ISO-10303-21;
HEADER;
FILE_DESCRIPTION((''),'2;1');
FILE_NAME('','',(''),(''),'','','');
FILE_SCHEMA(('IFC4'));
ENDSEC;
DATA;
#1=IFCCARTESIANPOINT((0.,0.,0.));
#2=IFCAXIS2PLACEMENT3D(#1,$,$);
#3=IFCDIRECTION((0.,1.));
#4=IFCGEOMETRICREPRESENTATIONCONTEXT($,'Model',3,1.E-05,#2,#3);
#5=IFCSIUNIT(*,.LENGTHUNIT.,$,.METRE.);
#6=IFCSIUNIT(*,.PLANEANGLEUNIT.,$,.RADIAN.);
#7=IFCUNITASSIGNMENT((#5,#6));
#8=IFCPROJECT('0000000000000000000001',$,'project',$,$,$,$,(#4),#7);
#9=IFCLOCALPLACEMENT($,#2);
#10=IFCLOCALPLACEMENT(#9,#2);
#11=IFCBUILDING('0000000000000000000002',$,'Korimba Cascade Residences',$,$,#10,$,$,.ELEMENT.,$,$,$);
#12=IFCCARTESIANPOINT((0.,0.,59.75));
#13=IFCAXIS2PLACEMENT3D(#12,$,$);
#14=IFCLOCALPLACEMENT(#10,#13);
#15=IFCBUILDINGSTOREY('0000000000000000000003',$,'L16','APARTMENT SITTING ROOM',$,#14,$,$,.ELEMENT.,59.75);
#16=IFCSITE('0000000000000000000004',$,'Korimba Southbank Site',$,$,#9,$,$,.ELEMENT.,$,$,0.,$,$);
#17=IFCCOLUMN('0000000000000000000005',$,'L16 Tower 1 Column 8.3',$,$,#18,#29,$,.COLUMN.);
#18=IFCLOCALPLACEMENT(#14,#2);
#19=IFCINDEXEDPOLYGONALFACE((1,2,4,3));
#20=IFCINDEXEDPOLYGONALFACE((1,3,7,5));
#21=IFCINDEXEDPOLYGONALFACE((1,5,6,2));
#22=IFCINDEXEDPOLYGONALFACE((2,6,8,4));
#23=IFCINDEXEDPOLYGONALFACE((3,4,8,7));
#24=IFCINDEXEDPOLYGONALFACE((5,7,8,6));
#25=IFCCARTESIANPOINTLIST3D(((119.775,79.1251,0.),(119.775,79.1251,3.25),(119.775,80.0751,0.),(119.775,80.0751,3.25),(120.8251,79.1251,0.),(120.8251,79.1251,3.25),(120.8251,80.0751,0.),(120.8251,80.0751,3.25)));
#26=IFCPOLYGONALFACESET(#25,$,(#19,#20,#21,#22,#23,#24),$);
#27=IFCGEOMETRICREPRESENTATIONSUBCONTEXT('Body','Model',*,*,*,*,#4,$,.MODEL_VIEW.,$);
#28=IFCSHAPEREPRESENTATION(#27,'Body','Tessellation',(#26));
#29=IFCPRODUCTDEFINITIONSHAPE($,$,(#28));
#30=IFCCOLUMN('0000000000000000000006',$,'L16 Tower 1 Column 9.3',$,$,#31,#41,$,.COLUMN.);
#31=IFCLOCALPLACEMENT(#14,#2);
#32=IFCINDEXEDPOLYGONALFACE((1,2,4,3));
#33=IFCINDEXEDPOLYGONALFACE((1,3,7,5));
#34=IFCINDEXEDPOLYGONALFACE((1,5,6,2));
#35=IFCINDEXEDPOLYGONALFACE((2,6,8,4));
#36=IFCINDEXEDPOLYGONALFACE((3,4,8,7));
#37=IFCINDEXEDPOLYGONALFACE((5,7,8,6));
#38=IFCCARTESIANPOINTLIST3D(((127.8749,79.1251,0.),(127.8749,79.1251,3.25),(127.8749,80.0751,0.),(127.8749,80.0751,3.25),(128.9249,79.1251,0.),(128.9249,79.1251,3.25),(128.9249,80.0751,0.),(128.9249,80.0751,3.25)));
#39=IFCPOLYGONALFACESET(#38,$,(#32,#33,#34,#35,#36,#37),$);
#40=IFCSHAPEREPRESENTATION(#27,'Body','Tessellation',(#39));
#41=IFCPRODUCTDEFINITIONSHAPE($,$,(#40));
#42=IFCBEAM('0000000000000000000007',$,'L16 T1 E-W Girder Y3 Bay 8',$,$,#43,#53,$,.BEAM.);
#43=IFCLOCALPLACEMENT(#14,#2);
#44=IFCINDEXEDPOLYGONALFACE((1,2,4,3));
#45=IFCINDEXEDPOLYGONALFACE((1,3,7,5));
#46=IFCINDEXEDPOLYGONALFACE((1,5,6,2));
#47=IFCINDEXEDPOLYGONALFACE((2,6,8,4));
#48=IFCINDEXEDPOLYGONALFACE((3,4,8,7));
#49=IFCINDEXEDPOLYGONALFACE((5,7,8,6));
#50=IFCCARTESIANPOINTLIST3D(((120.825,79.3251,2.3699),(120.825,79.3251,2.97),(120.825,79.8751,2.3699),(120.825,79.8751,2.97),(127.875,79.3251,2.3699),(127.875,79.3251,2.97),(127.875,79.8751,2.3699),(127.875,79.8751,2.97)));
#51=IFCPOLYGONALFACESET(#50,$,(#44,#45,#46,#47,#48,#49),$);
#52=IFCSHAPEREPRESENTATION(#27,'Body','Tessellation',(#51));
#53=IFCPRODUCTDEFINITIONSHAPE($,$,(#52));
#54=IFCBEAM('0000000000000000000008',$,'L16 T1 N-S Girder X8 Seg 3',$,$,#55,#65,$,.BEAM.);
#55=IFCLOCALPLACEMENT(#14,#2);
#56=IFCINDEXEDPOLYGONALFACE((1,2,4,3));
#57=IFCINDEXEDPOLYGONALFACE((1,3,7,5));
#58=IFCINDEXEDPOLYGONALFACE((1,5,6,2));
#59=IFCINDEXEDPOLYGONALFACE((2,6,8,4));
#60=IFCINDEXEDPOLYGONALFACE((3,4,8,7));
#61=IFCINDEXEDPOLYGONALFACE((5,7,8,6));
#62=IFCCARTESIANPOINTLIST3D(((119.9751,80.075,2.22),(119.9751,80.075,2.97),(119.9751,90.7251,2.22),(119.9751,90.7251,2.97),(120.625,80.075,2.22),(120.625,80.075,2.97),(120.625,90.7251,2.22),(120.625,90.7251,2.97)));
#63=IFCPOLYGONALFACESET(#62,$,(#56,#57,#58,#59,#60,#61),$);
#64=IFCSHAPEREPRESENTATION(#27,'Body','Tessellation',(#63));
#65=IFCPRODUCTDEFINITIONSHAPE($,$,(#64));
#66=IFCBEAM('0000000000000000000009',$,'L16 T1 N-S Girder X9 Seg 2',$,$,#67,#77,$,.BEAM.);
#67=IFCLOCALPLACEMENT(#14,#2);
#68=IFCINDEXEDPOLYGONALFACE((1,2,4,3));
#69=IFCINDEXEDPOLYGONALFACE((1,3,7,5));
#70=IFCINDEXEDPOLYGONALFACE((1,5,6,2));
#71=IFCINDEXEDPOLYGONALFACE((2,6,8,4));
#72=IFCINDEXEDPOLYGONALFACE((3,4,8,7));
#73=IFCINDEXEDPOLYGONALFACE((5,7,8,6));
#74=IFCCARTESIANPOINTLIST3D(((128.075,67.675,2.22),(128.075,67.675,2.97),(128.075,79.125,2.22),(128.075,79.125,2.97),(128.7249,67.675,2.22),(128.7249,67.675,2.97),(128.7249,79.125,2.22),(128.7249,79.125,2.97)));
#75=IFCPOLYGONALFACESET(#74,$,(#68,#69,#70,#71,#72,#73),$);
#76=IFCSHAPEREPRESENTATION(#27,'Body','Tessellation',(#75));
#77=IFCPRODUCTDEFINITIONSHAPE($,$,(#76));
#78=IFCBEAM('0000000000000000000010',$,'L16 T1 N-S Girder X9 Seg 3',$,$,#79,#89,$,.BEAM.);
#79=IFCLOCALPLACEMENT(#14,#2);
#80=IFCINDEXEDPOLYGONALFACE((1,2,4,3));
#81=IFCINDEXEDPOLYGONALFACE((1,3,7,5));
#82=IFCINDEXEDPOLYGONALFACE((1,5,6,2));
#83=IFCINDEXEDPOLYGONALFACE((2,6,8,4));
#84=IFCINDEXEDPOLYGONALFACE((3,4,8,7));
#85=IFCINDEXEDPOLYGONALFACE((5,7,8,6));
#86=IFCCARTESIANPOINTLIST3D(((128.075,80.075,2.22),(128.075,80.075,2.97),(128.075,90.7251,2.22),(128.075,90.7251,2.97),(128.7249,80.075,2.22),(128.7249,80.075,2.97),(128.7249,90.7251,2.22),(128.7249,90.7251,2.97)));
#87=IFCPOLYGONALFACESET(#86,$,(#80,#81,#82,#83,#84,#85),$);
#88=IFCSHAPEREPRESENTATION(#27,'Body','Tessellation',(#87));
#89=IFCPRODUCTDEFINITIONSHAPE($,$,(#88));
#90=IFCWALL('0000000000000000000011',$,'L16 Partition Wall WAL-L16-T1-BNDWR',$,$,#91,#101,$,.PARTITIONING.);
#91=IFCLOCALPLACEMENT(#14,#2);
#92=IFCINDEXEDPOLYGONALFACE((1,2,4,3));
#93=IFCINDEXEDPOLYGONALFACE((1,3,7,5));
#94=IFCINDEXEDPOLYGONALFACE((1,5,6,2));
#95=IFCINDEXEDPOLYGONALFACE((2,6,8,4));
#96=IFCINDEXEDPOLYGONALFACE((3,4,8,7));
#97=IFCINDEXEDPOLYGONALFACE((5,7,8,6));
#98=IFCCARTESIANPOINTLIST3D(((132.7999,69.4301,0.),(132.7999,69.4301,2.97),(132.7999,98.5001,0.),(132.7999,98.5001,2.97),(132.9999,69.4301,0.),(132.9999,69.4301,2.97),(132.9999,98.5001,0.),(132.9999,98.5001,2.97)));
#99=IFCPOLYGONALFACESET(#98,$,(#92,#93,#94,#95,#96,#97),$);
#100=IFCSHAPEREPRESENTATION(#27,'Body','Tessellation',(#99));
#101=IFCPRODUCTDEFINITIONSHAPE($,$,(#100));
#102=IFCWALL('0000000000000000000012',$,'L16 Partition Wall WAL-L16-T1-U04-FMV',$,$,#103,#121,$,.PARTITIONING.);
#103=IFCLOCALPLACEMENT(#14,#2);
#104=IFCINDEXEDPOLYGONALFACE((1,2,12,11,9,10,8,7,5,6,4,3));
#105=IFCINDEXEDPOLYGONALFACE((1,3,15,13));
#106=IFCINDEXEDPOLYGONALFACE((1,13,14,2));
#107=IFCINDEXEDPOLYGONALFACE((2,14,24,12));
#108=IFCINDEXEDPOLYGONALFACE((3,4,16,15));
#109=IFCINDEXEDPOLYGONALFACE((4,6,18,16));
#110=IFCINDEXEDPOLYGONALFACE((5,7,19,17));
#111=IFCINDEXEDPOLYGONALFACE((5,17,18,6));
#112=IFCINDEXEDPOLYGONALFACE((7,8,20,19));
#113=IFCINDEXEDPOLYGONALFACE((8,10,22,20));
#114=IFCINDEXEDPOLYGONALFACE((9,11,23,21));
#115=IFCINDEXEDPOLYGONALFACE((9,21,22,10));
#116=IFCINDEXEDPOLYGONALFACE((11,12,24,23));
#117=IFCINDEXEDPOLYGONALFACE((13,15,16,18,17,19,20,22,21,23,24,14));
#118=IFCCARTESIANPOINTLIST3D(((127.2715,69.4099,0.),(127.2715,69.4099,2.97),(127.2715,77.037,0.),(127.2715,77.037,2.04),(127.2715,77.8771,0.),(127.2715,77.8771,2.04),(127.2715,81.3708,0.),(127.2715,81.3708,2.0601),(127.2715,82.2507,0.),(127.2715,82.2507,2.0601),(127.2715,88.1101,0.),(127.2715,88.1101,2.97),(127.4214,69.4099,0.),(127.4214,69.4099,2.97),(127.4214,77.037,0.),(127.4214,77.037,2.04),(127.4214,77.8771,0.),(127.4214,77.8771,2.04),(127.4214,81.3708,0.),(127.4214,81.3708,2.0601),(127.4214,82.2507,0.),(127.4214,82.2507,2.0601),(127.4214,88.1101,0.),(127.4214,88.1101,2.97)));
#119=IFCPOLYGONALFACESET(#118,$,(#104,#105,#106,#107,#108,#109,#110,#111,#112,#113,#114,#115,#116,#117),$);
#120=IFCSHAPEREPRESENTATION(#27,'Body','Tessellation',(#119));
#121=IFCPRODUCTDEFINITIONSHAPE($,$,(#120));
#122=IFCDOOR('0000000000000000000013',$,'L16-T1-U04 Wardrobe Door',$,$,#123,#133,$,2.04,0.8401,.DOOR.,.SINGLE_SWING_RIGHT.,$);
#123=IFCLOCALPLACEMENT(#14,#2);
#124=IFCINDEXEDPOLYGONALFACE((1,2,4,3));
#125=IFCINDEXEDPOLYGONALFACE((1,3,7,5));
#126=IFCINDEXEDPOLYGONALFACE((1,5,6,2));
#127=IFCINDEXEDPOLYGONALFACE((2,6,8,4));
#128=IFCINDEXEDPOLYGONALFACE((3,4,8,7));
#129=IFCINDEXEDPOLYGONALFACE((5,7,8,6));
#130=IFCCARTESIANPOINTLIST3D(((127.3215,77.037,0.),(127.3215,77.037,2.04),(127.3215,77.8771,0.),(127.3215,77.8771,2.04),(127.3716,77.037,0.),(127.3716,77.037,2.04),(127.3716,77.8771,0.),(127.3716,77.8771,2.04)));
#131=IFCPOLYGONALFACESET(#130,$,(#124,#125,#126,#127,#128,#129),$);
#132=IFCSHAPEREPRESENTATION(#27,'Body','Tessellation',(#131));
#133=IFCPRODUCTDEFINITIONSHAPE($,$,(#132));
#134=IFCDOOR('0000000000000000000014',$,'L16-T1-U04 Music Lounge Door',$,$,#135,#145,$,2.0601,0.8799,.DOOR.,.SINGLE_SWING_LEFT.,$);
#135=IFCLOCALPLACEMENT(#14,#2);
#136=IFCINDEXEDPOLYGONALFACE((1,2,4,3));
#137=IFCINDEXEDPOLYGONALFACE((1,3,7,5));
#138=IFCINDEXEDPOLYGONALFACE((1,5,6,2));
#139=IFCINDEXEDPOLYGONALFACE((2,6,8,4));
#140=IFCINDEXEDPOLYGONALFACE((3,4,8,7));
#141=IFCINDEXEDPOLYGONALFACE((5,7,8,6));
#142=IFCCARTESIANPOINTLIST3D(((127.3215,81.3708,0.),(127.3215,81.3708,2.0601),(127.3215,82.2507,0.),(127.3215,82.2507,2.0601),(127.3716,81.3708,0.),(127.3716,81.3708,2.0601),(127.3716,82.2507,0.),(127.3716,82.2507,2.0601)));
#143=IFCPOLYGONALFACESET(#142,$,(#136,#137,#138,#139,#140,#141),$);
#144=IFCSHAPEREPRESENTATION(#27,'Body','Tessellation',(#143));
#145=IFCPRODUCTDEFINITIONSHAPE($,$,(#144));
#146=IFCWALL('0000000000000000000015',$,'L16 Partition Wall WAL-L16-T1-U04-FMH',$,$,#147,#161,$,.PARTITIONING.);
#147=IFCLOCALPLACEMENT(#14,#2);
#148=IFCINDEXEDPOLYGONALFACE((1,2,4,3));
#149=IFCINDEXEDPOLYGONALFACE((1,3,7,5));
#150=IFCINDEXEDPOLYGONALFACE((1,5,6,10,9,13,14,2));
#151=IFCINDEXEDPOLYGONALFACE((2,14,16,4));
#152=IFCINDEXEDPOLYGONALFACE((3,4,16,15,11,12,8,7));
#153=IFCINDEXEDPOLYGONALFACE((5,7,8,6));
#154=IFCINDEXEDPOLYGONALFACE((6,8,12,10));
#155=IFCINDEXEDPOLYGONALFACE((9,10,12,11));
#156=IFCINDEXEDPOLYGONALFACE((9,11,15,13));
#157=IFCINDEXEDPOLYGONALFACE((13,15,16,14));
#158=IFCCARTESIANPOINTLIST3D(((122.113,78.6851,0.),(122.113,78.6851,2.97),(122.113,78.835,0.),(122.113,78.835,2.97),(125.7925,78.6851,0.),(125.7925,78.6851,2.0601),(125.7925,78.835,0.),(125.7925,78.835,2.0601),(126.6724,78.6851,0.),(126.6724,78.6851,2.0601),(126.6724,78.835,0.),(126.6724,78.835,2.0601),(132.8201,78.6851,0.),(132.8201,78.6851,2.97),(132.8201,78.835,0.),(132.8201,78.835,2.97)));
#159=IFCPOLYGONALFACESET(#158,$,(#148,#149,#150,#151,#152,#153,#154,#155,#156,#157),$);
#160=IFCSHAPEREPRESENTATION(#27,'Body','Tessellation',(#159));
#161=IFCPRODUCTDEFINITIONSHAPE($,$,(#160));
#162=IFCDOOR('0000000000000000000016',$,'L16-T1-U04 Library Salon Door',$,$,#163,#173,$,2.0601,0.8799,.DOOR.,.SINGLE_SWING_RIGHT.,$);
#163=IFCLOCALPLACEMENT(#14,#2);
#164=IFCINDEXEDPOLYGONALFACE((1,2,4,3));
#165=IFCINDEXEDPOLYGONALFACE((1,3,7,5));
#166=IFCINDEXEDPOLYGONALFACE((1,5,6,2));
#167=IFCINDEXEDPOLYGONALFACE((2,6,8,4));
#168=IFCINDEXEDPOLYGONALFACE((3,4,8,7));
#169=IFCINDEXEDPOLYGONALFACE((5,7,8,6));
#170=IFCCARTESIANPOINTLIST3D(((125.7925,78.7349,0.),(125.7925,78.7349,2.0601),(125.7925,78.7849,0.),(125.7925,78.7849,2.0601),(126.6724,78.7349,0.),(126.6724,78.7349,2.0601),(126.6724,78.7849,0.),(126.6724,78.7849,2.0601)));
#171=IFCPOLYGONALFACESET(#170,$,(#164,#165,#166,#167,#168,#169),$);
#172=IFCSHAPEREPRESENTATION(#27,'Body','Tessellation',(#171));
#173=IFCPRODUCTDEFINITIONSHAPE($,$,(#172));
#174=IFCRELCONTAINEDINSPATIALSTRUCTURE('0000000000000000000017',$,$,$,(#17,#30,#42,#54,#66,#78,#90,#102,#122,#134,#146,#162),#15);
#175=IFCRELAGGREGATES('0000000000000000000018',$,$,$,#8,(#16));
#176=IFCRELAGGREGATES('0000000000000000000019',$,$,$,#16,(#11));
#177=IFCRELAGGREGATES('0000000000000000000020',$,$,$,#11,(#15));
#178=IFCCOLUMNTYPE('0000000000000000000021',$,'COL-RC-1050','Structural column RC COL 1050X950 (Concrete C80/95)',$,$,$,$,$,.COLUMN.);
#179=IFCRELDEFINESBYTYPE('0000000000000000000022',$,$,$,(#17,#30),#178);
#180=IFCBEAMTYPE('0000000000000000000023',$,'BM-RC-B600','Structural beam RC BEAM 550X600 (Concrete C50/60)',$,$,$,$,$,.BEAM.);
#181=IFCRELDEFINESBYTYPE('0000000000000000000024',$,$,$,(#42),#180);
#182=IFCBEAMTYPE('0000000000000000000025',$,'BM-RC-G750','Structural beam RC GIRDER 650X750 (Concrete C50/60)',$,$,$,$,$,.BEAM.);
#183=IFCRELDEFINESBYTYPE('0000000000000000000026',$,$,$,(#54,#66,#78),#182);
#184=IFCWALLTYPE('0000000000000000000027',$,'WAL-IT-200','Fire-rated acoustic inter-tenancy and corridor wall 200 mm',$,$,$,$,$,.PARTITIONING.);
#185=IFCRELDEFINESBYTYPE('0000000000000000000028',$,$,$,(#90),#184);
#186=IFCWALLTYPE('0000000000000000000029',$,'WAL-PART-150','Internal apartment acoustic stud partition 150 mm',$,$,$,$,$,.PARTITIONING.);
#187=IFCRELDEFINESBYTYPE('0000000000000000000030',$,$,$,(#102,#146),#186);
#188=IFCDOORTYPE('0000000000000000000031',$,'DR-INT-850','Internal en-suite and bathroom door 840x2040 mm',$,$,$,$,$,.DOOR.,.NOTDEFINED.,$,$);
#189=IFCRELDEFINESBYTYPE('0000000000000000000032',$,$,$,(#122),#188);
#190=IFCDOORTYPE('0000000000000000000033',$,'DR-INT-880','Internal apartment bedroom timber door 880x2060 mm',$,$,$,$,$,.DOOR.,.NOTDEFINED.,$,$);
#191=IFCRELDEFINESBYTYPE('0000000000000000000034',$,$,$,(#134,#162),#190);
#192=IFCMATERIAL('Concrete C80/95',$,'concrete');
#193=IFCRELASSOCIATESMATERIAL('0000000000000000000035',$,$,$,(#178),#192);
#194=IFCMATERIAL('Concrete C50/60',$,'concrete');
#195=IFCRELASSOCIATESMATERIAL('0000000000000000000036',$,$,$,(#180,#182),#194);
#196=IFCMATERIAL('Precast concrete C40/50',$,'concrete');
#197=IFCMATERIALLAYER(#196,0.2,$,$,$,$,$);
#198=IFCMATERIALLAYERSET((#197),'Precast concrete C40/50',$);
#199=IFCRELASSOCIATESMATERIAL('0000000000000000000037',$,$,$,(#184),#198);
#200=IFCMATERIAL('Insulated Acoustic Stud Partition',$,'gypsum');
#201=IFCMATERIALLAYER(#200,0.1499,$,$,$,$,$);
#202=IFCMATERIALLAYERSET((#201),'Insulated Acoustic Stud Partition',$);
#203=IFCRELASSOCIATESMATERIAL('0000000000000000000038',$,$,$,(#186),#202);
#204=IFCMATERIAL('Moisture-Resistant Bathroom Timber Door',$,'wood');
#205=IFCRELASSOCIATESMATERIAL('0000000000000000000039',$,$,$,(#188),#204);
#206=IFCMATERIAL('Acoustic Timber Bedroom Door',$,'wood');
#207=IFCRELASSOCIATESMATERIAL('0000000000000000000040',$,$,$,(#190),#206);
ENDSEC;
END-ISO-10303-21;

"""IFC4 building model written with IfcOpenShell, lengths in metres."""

from ifc_helpers import new_model, si_unit, direction, frame, frame_2d, origin, origin_2d, place, context, subcontext, project, spatial, rectangle, extrude, material, layer, layer_set, material_profile, profile_set, type_object, element, fill, save


model = new_model("IFC4")

# Units and contexts
model_context = context("Model", 3, precision=1e-05, world=origin(), true_north=direction((0.0, 1.0)))
body_context = subcontext(model_context, "Body", "Model", "MODEL_VIEW")
ifc_project = project(units=[si_unit("LENGTHUNIT", "METRE"), si_unit("PLANEANGLEUNIT", "RADIAN")], contexts=[model_context])

# Site, building, storey
site_placement = place(None, origin())
site = spatial("IfcSite", under=ifc_project, at=site_placement, Name="Korimba Southbank Site", CompositionType="ELEMENT", RefElevation=0.0)
building_placement = place(site_placement, origin())
building = spatial("IfcBuilding", under=site, at=building_placement, Name="Korimba Cascade Residences", CompositionType="ELEMENT")
storey_placement = place(building_placement, frame((0.0, 0.0, 59.75)))
storey = spatial("IfcBuildingStorey", under=building, at=storey_placement, Name="L16", Description="APARTMENT SITTING ROOM", CompositionType="ELEMENT", Elevation=59.75)

# Columns
ifc_material_1 = material(Name="Concrete C80/95", Category="concrete")
ifc_material_profile_1 = material_profile(ifc_material_1, rectangle(XDim=1.05, YDim=0.95, at=origin_2d()), Name="Concrete C80/95")
ifc_profile_set_1 = profile_set([ifc_material_profile_1], Name="Concrete C80/95")
column_type = type_object("IfcColumnType", Name="COL-RC-1050", Description="Structural column RC COL 1050X950 (Concrete C80/95)", PredefinedType="COLUMN", material=ifc_profile_set_1)
for number, where, z_axis, x_axis, name in (
    (1, (120.3, 79.6001, 0.0), (0.0, 0.0, 1.0), (1.0, 0.0, 0.0), "L16 Tower 1 Column 8.3"),
    (2, (128.3999, 79.6001, 0.0), (0.0, 0.0, 1.0), (1.0, 0.0, 0.0), "L16 Tower 1 Column 9.3"),
):
    element("IfcColumn", number, at=place(storey_placement, frame(where, z_axis=z_axis, x_axis=x_axis)), inside=storey, type_object=column_type, Name=name, PredefinedType="COLUMN", context=body_context, shape_type="SweptSolid", body=[
        extrude(rectangle(XDim=1.05, YDim=0.95, at=origin_2d()), origin(), (0.0, 0.0, 1.0), 3.25),
    ])

# Beams
ifc_material_2 = material(Name="Concrete C50/60", Category="concrete")
ifc_material_profile_2 = material_profile(ifc_material_2, rectangle(XDim=0.55, YDim=0.6001, at=origin_2d()), Name="Concrete C50/60")
ifc_profile_set_2 = profile_set([ifc_material_profile_2], Name="Concrete C50/60")
beam_type_1 = type_object("IfcBeamType", Name="BM-RC-B600", Description="Structural beam RC BEAM 550X600 (Concrete C50/60)", PredefinedType="BEAM", material=ifc_profile_set_2)
beam_1_placement = place(storey_placement, frame((120.825, 79.6001, 2.6699), z_axis=(1.0, 0.0, 0.0), x_axis=(0.0, 1.0, 0.0)))
element("IfcBeam", 3, at=beam_1_placement, inside=storey, type_object=beam_type_1, Name="L16 T1 E-W Girder Y3 Bay 8", PredefinedType="BEAM", context=body_context, shape_type="SweptSolid", body=[
    extrude(rectangle(XDim=0.55, YDim=0.6001, at=origin_2d()), origin(), (0.0, 0.0, 1.0), 7.05),
])
ifc_material_profile_3 = material_profile(ifc_material_2, rectangle(XDim=0.6499, YDim=0.75, at=origin_2d()), Name="Concrete C50/60")
ifc_profile_set_3 = profile_set([ifc_material_profile_3], Name="Concrete C50/60")
beam_type_2 = type_object("IfcBeamType", Name="BM-RC-G750", Description="Structural beam RC GIRDER 650X750 (Concrete C50/60)", PredefinedType="BEAM", material=ifc_profile_set_3)
beam_2_placement = place(storey_placement, frame((120.3, 80.075, 2.595), z_axis=(0.0, 1.0, 0.0), x_axis=(-1.0, 0.0, 0.0)))
element("IfcBeam", 4, at=beam_2_placement, inside=storey, type_object=beam_type_2, Name="L16 T1 N-S Girder X8 Seg 3", PredefinedType="BEAM", context=body_context, shape_type="SweptSolid", body=[
    extrude(rectangle(XDim=0.6499, YDim=0.75, at=origin_2d()), origin(), (0.0, 0.0, 1.0), 10.6501),
])
beam_3_placement = place(storey_placement, frame((128.3999, 67.675, 2.595), z_axis=(0.0, 1.0, 0.0), x_axis=(-1.0, 0.0, 0.0)))
element("IfcBeam", 5, at=beam_3_placement, inside=storey, type_object=beam_type_2, Name="L16 T1 N-S Girder X9 Seg 2", PredefinedType="BEAM", context=body_context, shape_type="SweptSolid", body=[
    extrude(rectangle(XDim=0.6499, YDim=0.75, at=origin_2d()), origin(), (0.0, 0.0, 1.0), 11.45),
])
beam_4_placement = place(storey_placement, frame((128.3999, 80.075, 2.595), z_axis=(0.0, 1.0, 0.0), x_axis=(-1.0, 0.0, 0.0)))
element("IfcBeam", 6, at=beam_4_placement, inside=storey, type_object=beam_type_2, Name="L16 T1 N-S Girder X9 Seg 3", PredefinedType="BEAM", context=body_context, shape_type="SweptSolid", body=[
    extrude(rectangle(XDim=0.6499, YDim=0.75, at=origin_2d()), origin(), (0.0, 0.0, 1.0), 10.6501),
])

# Wall
ifc_material_3 = material(Name="Precast concrete C40/50", Category="concrete")
ifc_layer_1 = layer(ifc_material_3, 0.2)
ifc_layer_set_1 = layer_set([ifc_layer_1], Name="Precast concrete C40/50")
wall_type_1 = type_object("IfcWallType", Name="WAL-IT-200", Description="Fire-rated acoustic inter-tenancy and corridor wall 200 mm", PredefinedType="PARTITIONING", material=ifc_layer_set_1)
wall_1_placement = place(storey_placement, frame((132.8999, 69.4299, 0.0), z_axis=(0.0, 0.0, 1.0), x_axis=(0.0, 1.0, 0.0)))
element("IfcWall", 7, at=wall_1_placement, inside=storey, type_object=wall_type_1, Name="L16 Partition Wall WAL-L16-T1-BNDWR", PredefinedType="PARTITIONING", context=body_context, shape_type="SweptSolid", body=[
    extrude(rectangle(XDim=29.0701, YDim=0.2, at=frame_2d((14.5352, 0.0))), origin(), (0.0, 0.0, 1.0), 2.97),
])

# Wall, openings, doors
ifc_material_4 = material(Name="Insulated Acoustic Stud Partition", Category="gypsum")
ifc_layer_2 = layer(ifc_material_4, 0.1499)
ifc_layer_set_2 = layer_set([ifc_layer_2], Name="Insulated Acoustic Stud Partition")
wall_type_2 = type_object("IfcWallType", Name="WAL-PART-150", Description="Internal apartment acoustic stud partition 150 mm", PredefinedType="PARTITIONING", material=ifc_layer_set_2)
wall_2_placement = place(storey_placement, frame((127.3464, 69.4099, 0.0), z_axis=(0.0, 0.0, 1.0), x_axis=(0.0, 1.0, 0.0)))
wall_2 = element("IfcWall", 8, at=wall_2_placement, inside=storey, type_object=wall_type_2, Name="L16 Partition Wall WAL-L16-T1-U04-FMV", PredefinedType="PARTITIONING", context=body_context, shape_type="SweptSolid", body=[
    extrude(rectangle(XDim=18.7002, YDim=0.1499, at=frame_2d((9.3501, 0.0))), origin(), (0.0, 0.0, 1.0), 2.97),
])
opening_1_placement = place(wall_2_placement, frame((7.6272, 0.0, 0.0)))
opening_1 = element("IfcOpeningElement", 9, at=opening_1_placement, cuts=wall_2, PredefinedType="OPENING", context=body_context, shape_type="SweptSolid", body=[
    extrude(rectangle(XDim=0.8401, YDim=2.04, at=frame_2d((0.4199, 1.02))), frame((0.0, 0.085, 0.0), z_axis=(0.0, -1.0, 0.0), x_axis=(1.0, 0.0, 0.0)), (0.0, 0.0, 1.0), 0.1699),
])
opening_2_placement = place(wall_2_placement, frame((11.9609, 0.0, 0.0)))
opening_2 = element("IfcOpeningElement", 10, at=opening_2_placement, cuts=wall_2, PredefinedType="OPENING", context=body_context, shape_type="SweptSolid", body=[
    extrude(rectangle(XDim=0.8799, YDim=2.0601, at=frame_2d((0.4399, 1.03))), frame((0.0, 0.085, 0.0), z_axis=(0.0, -1.0, 0.0), x_axis=(1.0, 0.0, 0.0)), (0.0, 0.0, 1.0), 0.1699),
])
ifc_material_5 = material(Name="Moisture-Resistant Bathroom Timber Door", Category="wood")
door_type_1 = type_object("IfcDoorType", Name="DR-INT-850", Description="Internal en-suite and bathroom door 840x2040 mm", OperationType="NOTDEFINED", PredefinedType="DOOR", material=ifc_material_5)
door_1_placement = place(opening_1_placement, origin())
door_1 = element("IfcDoor", 11, at=door_1_placement, inside=storey, type_object=door_type_1, Name="L16-T1-U04 Wardrobe Door", OperationType="SINGLE_SWING_RIGHT", OverallHeight=2.04, OverallWidth=0.8401, PredefinedType="DOOR", context=body_context, shape_type="SweptSolid", body=[
    extrude(rectangle(XDim=0.8401, YDim=2.04, at=frame_2d((0.4199, 1.02))), frame((0.0, 0.0249, 0.0), z_axis=(0.0, -1.0, 0.0), x_axis=(1.0, 0.0, 0.0)), (0.0, 0.0, 1.0), 0.05),
])
fill(opening_1, door_1)
ifc_material_6 = material(Name="Acoustic Timber Bedroom Door", Category="wood")
door_type_2 = type_object("IfcDoorType", Name="DR-INT-880", Description="Internal apartment bedroom timber door 880x2060 mm", OperationType="NOTDEFINED", PredefinedType="DOOR", material=ifc_material_6)
door_2_placement = place(opening_2_placement, origin())
door_2 = element("IfcDoor", 12, at=door_2_placement, inside=storey, type_object=door_type_2, Name="L16-T1-U04 Music Lounge Door", OperationType="SINGLE_SWING_LEFT", OverallHeight=2.0601, OverallWidth=0.8799, PredefinedType="DOOR", context=body_context, shape_type="SweptSolid", body=[
    extrude(rectangle(XDim=0.8799, YDim=2.0601, at=frame_2d((0.4399, 1.03))), frame((0.0, 0.0249, 0.0), z_axis=(0.0, -1.0, 0.0), x_axis=(1.0, 0.0, 0.0)), (0.0, 0.0, 1.0), 0.05),
])
fill(opening_2, door_2)

# Wall, opening, door
wall_3_placement = place(storey_placement, frame((122.113, 78.76, 0.0), z_axis=(0.0, 0.0, 1.0), x_axis=(1.0, 0.0, 0.0)))
wall_3 = element("IfcWall", 13, at=wall_3_placement, inside=storey, type_object=wall_type_2, Name="L16 Partition Wall WAL-L16-T1-U04-FMH", PredefinedType="PARTITIONING", context=body_context, shape_type="SweptSolid", body=[
    extrude(rectangle(XDim=10.707, YDim=0.1499, at=frame_2d((5.3535, 0.0))), origin(), (0.0, 0.0, 1.0), 2.97),
])
opening_3_placement = place(wall_3_placement, frame((3.6794, 0.0, 0.0)))
opening_3 = element("IfcOpeningElement", 14, at=opening_3_placement, cuts=wall_3, PredefinedType="OPENING", context=body_context, shape_type="SweptSolid", body=[
    extrude(rectangle(XDim=0.8799, YDim=2.0601, at=frame_2d((0.4399, 1.03))), frame((0.0, 0.085, 0.0), z_axis=(0.0, -1.0, 0.0), x_axis=(1.0, 0.0, 0.0)), (0.0, 0.0, 1.0), 0.1699),
])
door_3_placement = place(opening_3_placement, origin())
door_3 = element("IfcDoor", 15, at=door_3_placement, inside=storey, type_object=door_type_2, Name="L16-T1-U04 Library Salon Door", OperationType="SINGLE_SWING_RIGHT", OverallHeight=2.0601, OverallWidth=0.8799, PredefinedType="DOOR", context=body_context, shape_type="SweptSolid", body=[
    extrude(rectangle(XDim=0.8799, YDim=2.0601, at=frame_2d((0.4399, 1.03))), frame((0.0, 0.0249, 0.0), z_axis=(0.0, -1.0, 0.0), x_axis=(1.0, 0.0, 0.0)), (0.0, 0.0, 1.0), 0.05),
])
fill(opening_3, door_3)

save(model, "model.ifc")
